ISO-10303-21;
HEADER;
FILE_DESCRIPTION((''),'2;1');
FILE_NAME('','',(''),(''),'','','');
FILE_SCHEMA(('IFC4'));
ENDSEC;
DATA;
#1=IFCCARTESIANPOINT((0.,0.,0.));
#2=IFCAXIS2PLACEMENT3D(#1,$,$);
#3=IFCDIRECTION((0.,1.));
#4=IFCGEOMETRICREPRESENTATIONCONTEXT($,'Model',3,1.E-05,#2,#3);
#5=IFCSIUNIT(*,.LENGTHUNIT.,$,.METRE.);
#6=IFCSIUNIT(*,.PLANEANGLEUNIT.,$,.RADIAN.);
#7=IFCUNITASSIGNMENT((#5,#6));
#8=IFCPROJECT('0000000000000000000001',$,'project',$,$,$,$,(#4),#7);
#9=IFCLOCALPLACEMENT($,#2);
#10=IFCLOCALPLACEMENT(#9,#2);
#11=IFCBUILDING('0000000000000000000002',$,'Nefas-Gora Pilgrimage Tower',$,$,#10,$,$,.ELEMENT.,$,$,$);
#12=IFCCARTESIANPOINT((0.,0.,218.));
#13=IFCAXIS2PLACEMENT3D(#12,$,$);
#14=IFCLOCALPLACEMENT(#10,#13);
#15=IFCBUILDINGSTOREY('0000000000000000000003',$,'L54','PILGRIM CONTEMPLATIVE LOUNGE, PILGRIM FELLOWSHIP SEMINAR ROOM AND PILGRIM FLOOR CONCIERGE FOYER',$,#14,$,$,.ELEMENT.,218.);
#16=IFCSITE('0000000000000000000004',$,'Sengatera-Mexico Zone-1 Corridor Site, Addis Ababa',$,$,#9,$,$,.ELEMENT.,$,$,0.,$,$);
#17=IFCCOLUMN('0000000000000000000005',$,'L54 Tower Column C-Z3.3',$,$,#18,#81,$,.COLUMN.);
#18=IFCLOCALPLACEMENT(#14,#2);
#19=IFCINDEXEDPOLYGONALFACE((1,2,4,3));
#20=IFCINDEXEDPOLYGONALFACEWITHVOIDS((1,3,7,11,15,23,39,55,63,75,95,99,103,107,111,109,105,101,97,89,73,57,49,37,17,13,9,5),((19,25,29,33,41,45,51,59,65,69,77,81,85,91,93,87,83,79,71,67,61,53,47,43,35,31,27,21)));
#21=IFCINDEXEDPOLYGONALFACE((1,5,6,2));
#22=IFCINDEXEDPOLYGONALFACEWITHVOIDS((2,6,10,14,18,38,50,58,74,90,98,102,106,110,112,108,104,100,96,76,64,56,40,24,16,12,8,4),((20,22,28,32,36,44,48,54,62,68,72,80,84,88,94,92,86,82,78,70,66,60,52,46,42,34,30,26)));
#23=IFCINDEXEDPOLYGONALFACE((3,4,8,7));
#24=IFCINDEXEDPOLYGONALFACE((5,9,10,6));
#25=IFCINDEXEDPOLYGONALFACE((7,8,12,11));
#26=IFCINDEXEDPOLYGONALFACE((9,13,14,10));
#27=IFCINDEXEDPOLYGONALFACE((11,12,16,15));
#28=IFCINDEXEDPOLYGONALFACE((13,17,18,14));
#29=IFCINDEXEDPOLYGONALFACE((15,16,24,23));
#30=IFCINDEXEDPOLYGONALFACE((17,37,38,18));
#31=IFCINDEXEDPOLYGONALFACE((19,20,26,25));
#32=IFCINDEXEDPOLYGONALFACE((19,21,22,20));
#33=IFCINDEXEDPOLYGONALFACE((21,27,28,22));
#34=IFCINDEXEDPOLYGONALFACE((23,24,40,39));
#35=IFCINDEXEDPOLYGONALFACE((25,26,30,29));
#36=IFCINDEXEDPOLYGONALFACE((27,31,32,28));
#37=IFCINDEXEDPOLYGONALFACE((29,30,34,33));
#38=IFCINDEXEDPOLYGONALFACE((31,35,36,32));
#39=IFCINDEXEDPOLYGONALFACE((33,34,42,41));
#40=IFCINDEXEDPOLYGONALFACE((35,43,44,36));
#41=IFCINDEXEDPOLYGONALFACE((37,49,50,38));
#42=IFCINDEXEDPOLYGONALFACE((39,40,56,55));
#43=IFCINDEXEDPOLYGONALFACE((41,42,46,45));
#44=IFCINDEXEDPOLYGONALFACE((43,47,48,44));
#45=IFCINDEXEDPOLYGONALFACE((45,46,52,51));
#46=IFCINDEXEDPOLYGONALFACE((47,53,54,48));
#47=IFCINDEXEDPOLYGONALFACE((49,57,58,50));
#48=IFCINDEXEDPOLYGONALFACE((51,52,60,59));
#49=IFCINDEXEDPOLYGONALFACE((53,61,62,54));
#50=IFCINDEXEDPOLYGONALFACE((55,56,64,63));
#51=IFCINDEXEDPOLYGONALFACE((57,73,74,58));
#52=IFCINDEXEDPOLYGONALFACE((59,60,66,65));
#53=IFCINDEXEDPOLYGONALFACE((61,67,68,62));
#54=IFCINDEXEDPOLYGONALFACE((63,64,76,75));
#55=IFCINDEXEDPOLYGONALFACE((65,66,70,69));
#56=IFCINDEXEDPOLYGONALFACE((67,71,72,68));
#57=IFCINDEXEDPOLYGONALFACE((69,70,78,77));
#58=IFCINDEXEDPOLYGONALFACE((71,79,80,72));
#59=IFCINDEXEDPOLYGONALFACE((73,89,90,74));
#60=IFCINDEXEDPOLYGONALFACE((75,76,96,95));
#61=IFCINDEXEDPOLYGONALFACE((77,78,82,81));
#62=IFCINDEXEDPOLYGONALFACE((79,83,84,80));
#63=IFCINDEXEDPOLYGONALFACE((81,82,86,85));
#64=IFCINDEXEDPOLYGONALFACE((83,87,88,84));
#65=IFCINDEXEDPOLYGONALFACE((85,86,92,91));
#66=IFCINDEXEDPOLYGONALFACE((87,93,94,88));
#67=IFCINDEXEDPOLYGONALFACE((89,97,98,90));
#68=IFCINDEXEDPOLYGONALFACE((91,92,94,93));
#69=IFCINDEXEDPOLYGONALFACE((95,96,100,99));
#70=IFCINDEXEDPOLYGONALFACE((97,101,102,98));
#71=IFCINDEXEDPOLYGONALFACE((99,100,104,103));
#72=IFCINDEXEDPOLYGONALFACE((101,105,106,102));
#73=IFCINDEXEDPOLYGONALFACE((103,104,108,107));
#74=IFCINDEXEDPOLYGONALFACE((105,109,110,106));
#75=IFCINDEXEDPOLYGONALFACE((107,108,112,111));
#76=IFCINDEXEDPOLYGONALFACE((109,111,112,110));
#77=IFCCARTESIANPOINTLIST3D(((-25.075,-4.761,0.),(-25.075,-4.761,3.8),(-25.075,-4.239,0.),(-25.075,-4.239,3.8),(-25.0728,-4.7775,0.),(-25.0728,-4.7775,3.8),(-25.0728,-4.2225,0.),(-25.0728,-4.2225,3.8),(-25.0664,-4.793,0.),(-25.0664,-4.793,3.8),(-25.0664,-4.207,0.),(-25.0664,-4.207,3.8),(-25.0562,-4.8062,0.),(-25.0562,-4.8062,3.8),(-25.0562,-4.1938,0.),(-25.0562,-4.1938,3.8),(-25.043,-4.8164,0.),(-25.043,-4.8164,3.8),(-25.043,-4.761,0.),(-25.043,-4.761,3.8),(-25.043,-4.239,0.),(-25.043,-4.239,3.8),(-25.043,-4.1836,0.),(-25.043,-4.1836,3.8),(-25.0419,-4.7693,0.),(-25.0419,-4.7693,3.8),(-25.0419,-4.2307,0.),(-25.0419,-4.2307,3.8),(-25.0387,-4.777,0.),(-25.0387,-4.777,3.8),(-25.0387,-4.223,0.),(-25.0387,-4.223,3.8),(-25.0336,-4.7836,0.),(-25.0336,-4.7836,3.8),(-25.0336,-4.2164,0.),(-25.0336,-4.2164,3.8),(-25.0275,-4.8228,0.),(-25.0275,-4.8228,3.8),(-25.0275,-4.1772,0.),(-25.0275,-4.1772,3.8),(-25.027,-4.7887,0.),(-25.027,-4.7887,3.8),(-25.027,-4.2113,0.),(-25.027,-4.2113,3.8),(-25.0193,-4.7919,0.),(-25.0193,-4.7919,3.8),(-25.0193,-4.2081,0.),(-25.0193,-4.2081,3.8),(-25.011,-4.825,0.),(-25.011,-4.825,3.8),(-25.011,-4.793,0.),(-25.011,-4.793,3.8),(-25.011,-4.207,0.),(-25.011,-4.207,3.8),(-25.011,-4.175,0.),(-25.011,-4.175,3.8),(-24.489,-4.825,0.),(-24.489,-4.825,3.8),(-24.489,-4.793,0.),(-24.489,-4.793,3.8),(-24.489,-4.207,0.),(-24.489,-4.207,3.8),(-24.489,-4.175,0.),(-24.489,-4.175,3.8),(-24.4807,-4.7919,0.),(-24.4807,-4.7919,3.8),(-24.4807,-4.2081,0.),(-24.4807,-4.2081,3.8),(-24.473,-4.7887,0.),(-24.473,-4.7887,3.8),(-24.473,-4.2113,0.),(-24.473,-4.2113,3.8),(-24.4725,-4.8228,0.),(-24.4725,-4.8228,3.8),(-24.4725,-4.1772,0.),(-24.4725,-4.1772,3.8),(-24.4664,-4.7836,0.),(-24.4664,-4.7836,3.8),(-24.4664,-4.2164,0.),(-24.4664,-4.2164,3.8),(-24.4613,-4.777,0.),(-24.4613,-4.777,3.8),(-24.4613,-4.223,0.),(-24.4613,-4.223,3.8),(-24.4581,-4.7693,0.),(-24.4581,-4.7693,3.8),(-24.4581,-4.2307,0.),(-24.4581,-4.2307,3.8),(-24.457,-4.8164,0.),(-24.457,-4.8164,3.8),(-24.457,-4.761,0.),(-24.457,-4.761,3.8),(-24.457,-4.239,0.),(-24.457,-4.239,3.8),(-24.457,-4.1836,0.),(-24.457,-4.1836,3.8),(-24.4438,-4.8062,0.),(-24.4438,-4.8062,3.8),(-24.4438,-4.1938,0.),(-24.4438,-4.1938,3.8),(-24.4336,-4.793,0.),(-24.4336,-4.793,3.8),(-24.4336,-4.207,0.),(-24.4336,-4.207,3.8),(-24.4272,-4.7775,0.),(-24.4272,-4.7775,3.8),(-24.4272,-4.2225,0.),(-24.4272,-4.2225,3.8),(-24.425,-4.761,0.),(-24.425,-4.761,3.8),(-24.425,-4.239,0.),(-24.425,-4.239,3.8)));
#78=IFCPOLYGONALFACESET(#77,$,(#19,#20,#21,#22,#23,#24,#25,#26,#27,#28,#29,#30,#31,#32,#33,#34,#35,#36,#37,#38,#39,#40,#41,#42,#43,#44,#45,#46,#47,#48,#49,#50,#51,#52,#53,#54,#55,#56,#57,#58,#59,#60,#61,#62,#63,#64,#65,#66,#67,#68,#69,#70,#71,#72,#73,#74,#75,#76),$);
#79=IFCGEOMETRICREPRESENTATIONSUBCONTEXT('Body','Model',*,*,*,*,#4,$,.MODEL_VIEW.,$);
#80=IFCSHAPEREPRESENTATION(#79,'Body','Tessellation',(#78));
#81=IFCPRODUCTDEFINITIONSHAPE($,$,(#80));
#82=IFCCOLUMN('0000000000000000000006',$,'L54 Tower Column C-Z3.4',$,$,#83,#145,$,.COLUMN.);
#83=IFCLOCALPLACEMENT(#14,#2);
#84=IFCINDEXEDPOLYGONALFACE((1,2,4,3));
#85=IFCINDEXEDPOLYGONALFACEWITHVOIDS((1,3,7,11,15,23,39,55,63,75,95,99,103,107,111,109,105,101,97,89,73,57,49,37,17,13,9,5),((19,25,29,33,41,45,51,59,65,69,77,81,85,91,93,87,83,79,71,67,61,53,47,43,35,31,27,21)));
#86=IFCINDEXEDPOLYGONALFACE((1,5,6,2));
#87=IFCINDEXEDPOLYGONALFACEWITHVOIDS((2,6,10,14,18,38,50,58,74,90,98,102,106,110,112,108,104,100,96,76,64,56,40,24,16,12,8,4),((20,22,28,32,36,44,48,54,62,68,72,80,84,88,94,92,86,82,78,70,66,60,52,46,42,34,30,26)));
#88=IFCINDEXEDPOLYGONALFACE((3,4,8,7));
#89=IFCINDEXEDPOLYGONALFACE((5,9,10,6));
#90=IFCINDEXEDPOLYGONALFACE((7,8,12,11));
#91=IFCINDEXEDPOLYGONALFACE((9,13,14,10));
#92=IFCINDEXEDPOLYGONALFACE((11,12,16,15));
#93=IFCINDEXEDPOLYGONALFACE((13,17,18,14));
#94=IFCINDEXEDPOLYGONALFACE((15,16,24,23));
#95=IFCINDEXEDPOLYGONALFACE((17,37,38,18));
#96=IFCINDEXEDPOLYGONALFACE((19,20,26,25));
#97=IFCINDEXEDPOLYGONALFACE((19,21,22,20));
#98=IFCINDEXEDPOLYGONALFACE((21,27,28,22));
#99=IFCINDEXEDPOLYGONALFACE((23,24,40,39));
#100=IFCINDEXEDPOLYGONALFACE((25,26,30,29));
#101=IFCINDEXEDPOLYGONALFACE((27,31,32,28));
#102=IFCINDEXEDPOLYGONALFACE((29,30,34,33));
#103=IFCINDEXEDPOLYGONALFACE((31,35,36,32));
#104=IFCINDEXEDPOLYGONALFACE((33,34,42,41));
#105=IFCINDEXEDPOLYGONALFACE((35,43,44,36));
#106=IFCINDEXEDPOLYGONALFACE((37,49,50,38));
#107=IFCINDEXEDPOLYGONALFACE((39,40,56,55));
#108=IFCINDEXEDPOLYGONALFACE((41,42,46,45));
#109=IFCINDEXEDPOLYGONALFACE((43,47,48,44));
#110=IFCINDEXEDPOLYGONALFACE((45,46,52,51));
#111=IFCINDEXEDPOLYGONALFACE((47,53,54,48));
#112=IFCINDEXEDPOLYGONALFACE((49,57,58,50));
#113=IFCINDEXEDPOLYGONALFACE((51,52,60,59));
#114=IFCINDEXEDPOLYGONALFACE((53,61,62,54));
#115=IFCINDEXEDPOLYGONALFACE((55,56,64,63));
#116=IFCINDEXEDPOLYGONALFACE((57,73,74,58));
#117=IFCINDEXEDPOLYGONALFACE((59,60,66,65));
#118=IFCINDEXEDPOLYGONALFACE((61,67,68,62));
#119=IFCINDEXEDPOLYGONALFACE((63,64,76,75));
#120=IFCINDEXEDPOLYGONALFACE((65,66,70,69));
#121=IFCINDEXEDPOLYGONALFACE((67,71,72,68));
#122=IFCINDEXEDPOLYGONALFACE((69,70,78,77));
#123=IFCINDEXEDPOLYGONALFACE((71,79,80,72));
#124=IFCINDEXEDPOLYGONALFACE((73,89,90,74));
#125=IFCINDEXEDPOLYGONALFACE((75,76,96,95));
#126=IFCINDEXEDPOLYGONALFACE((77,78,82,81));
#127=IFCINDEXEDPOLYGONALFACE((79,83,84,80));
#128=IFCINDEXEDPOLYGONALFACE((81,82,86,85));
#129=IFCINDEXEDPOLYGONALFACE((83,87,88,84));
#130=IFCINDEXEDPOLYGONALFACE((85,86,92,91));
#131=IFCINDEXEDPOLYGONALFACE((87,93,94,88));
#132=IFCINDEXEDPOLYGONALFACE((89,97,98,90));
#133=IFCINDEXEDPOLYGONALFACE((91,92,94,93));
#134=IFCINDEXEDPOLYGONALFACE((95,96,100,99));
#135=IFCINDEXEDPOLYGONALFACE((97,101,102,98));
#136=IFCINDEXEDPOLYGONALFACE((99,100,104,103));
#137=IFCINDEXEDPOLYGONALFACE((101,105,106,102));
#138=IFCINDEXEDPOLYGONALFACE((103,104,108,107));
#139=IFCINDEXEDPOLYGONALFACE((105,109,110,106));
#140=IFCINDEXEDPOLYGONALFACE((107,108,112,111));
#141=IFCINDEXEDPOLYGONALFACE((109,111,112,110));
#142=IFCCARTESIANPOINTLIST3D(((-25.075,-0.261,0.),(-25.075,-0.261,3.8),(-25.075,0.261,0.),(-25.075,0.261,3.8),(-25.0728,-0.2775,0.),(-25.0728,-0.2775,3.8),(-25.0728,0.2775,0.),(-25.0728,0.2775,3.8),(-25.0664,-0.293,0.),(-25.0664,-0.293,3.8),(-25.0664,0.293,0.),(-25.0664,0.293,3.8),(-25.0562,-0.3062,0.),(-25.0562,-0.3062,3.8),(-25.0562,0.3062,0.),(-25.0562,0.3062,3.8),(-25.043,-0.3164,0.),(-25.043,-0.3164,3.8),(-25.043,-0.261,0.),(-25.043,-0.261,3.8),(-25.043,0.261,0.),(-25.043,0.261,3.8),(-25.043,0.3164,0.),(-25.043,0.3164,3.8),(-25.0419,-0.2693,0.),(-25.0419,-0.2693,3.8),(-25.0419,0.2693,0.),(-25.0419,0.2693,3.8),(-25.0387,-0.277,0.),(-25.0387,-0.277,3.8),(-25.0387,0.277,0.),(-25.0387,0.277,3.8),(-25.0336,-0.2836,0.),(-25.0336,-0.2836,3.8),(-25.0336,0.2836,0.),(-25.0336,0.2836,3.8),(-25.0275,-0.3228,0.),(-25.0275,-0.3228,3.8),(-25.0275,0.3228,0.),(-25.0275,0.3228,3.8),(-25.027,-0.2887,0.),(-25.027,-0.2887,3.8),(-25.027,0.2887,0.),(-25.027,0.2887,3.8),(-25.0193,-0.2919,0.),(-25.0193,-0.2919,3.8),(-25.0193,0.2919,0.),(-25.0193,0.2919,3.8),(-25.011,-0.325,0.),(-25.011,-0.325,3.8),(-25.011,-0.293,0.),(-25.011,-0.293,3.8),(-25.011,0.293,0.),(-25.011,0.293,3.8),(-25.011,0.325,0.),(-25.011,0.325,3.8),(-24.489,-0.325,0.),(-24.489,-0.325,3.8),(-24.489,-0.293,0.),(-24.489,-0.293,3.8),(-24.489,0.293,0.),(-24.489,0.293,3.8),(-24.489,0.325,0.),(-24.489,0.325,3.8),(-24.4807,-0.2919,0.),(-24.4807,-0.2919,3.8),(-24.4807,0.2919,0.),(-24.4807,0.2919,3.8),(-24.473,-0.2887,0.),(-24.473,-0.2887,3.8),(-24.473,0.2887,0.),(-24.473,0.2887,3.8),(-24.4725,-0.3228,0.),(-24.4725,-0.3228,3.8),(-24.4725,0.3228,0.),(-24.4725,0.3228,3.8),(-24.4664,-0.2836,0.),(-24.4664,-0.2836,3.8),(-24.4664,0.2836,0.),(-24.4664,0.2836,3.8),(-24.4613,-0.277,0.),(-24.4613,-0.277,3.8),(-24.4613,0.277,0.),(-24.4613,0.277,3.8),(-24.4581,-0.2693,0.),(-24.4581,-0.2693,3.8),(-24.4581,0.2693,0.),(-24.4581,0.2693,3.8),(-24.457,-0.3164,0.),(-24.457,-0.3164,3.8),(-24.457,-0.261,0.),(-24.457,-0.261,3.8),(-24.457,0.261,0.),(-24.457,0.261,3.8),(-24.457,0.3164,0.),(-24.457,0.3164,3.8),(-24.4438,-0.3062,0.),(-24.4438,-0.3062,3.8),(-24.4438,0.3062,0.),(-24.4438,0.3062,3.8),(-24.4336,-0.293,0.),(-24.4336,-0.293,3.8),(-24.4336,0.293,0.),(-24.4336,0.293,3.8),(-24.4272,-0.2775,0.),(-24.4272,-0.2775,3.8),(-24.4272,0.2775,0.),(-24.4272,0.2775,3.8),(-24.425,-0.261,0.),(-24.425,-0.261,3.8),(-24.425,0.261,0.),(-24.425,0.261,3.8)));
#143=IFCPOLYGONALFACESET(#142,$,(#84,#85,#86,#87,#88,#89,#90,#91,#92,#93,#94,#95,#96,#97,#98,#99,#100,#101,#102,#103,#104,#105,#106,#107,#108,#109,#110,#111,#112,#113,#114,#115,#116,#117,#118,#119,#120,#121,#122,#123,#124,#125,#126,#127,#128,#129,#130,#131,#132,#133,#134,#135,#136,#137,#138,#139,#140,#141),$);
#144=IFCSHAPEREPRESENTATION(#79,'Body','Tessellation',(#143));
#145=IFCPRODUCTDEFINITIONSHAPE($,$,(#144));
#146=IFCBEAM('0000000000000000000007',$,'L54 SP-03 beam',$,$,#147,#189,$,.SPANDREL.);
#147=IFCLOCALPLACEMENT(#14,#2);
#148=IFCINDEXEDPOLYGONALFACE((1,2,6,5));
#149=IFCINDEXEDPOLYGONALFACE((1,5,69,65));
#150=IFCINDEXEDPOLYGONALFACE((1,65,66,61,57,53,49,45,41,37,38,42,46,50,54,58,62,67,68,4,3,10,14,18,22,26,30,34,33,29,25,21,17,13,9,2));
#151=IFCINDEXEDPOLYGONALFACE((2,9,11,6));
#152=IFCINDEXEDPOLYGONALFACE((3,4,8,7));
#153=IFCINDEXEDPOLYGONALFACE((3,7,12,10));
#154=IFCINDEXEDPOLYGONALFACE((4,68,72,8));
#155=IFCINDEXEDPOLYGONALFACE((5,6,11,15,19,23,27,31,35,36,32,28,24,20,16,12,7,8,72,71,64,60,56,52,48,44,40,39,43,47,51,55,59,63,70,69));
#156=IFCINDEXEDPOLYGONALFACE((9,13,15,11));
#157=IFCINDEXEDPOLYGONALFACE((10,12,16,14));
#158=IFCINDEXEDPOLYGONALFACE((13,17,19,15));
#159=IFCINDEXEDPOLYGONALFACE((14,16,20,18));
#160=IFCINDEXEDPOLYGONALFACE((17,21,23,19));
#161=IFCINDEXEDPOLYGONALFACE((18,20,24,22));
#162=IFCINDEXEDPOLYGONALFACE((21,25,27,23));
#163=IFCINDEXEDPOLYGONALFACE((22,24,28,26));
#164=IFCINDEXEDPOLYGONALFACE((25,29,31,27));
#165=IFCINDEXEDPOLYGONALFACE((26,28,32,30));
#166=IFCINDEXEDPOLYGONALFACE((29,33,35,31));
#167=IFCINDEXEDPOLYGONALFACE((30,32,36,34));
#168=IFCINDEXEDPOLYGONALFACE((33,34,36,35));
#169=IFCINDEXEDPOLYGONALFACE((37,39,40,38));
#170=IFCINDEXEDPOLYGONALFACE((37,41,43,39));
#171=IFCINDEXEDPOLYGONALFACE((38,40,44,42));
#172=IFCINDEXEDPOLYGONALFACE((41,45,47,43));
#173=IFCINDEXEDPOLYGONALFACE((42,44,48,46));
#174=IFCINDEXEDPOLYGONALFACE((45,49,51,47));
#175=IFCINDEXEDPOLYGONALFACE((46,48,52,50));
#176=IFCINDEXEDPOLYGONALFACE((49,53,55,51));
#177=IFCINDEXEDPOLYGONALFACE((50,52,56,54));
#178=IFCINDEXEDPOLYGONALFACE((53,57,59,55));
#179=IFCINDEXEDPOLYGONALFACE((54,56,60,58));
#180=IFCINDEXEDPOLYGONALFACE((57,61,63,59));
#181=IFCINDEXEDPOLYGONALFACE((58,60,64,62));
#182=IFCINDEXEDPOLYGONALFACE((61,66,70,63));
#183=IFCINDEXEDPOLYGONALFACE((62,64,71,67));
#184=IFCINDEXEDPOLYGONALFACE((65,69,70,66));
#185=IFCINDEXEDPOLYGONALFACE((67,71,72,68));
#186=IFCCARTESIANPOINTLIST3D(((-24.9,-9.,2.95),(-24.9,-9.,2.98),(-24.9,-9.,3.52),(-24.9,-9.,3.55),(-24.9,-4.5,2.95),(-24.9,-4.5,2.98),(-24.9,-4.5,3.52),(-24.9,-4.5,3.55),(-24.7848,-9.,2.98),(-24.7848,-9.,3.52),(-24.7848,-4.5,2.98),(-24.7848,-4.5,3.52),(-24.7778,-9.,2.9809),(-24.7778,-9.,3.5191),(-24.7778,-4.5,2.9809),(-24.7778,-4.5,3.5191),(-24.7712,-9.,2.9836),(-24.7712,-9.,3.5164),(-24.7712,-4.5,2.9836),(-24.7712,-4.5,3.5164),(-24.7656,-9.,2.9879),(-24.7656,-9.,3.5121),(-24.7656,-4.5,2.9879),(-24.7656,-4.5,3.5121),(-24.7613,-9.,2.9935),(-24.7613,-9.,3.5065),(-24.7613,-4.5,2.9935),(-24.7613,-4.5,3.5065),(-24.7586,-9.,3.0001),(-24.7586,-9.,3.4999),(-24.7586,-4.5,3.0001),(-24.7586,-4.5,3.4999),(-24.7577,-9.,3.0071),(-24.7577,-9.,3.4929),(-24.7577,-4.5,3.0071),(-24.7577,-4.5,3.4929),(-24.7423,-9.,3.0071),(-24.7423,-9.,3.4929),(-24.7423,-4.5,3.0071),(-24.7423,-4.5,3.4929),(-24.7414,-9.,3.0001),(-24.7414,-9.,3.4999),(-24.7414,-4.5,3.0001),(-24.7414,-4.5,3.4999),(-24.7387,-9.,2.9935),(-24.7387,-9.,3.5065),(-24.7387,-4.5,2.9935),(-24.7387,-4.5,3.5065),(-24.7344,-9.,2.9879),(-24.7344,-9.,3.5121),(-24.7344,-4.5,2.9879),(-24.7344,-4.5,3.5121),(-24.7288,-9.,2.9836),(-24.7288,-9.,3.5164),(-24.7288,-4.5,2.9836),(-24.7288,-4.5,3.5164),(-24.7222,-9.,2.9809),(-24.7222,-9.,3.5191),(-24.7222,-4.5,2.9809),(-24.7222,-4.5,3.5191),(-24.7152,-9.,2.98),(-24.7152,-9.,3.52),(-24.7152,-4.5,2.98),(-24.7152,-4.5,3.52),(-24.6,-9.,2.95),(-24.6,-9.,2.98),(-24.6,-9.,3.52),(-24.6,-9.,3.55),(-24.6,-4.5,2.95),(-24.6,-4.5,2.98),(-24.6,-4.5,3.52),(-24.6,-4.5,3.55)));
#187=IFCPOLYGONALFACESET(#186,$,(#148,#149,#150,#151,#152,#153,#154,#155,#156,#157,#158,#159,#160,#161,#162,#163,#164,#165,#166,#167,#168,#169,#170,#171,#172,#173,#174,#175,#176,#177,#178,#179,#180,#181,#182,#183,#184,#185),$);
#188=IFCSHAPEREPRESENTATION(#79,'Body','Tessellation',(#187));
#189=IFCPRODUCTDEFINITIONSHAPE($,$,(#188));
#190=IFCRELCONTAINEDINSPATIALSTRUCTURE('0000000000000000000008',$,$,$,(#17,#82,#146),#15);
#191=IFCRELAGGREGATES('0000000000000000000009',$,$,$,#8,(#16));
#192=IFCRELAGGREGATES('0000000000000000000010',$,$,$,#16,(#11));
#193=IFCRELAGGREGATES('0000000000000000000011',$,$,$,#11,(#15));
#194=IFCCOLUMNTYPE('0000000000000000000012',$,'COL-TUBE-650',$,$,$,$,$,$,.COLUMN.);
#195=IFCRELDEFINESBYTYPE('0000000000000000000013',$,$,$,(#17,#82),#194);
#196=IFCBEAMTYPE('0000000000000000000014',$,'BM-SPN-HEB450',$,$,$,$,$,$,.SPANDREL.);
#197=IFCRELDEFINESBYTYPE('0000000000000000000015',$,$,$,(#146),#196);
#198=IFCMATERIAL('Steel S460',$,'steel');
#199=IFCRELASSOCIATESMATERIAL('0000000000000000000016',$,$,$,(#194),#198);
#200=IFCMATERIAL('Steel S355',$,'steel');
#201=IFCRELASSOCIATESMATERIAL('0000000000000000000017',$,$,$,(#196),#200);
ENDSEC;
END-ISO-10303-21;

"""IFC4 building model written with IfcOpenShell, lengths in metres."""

from ifc_helpers import new_model, si_unit, direction, frame, origin, origin_2d, place, context, subcontext, project, spatial, hollow_rectangle, i_section, extrude, source, transform, mapped, material, material_profile, profile_set, type_object, element, save


model = new_model("IFC4")

# Units and contexts
model_context = context("Model", 3, precision=1e-05, world=origin(), true_north=direction((0.0, 1.0)))
body_context = subcontext(model_context, "Body", "Model", "MODEL_VIEW")
ifc_project = project(units=[si_unit("LENGTHUNIT", "METRE"), si_unit("PLANEANGLEUNIT", "RADIAN")], contexts=[model_context])

# Site, building, storey
site_placement = place(None, origin())
site = spatial("IfcSite", under=ifc_project, at=site_placement, Name="Sengatera-Mexico Zone-1 Corridor Site, Addis Ababa", CompositionType="ELEMENT", RefElevation=0.0)
building_placement = place(site_placement, origin())
building = spatial("IfcBuilding", under=site, at=building_placement, Name="Nefas-Gora Pilgrimage Tower", CompositionType="ELEMENT")
storey_placement = place(building_placement, frame((0.0, 0.0, 218.0)))
storey = spatial("IfcBuildingStorey", under=building, at=storey_placement, Name="L54", Description="PILGRIM CONTEMPLATIVE LOUNGE, PILGRIM FELLOWSHIP SEMINAR ROOM AND PILGRIM FLOOR CONCIERGE FOYER", CompositionType="ELEMENT", Elevation=218.0)

# Columns
ifc_material_1 = material(Name="Steel S460", Category="steel")
ifc_material_profile_1 = material_profile(ifc_material_1, hollow_rectangle(XDim=0.6499, YDim=0.6499, WallThickness=0.032, InnerFilletRadius=0.032, OuterFilletRadius=0.064, at=origin_2d()), Name="BOX 650x650x32")
ifc_profile_set_1 = profile_set([ifc_material_profile_1], Name="Steel S460")
column_type_1 = type_object("IfcColumnType", Name="COL-TUBE-650", PredefinedType="COLUMN", material=ifc_profile_set_1)
shared_shape_1 = source(origin(), body_context, "Body", "SweptSolid", [
    extrude(hollow_rectangle(XDim=0.6499, YDim=0.6499, WallThickness=0.032, InnerFilletRadius=0.032, OuterFilletRadius=0.064, at=origin_2d()), origin(), (0.0, 0.0, 1.0), 3.8),
])
for number, where, z_axis, x_axis, name in (
    (1, (-24.75, -4.5, 0.0), (0.0, 0.0, 1.0), (1.0, 0.0, 0.0), "L54 Tower Column C-Z3.3"),
    (2, (-24.75, 0.0, 0.0), (0.0, 0.0, 1.0), (1.0, 0.0, 0.0), "L54 Tower Column C-Z3.4"),
):
    element("IfcColumn", number, at=place(storey_placement, frame(where, z_axis=z_axis, x_axis=x_axis)), inside=storey, type_object=column_type_1, Name=name, PredefinedType="COLUMN", context=body_context, shape_type="MappedRepresentation", body=[
        mapped(shared_shape_1, transform((0.0, 0.0, 0.0), x_axis=(1.0, 0.0, 0.0), y_axis=(0.0, 1.0, 0.0), z_axis=(0.0, 0.0, 1.0), scale=1.0)),
    ])

# Beam
ifc_material_2 = material(Name="Steel S355", Category="steel")
ifc_material_profile_2 = material_profile(ifc_material_2, i_section(OverallWidth=0.3, OverallDepth=0.6001, WebThickness=0.0154, FlangeThickness=0.03, FilletRadius=0.0271, at=origin_2d()), Name="HEB 600")
ifc_profile_set_2 = profile_set([ifc_material_profile_2], Name="Steel S355")
beam_type_1 = type_object("IfcBeamType", Name="BM-SPN-HEB450", PredefinedType="SPANDREL", material=ifc_profile_set_2)
shared_shape_2 = source(origin(), body_context, "Body", "SweptSolid", [
    extrude(i_section(OverallWidth=0.3, OverallDepth=0.6001, WebThickness=0.0154, FlangeThickness=0.03, FilletRadius=0.0271, at=origin_2d()), origin(), (0.0, 0.0, 1.0), 4.5),
])
for number, where, z_axis, x_axis, name in (
    (3, (-24.75, -9.0, 3.25), (0.0, 1.0, 0.0), (-1.0, 0.0, 0.0), "L54 SP-03 beam"),
):
    element("IfcBeam", number, at=place(storey_placement, frame(where, z_axis=z_axis, x_axis=x_axis)), inside=storey, type_object=beam_type_1, Name=name, PredefinedType="SPANDREL", context=body_context, shape_type="MappedRepresentation", body=[
        mapped(shared_shape_2, transform((0.0, 0.0, 0.0), x_axis=(1.0, 0.0, 0.0), y_axis=(0.0, 1.0, 0.0), z_axis=(0.0, 0.0, 1.0), scale=1.0)),
    ])

save(model, "model.ifc")
